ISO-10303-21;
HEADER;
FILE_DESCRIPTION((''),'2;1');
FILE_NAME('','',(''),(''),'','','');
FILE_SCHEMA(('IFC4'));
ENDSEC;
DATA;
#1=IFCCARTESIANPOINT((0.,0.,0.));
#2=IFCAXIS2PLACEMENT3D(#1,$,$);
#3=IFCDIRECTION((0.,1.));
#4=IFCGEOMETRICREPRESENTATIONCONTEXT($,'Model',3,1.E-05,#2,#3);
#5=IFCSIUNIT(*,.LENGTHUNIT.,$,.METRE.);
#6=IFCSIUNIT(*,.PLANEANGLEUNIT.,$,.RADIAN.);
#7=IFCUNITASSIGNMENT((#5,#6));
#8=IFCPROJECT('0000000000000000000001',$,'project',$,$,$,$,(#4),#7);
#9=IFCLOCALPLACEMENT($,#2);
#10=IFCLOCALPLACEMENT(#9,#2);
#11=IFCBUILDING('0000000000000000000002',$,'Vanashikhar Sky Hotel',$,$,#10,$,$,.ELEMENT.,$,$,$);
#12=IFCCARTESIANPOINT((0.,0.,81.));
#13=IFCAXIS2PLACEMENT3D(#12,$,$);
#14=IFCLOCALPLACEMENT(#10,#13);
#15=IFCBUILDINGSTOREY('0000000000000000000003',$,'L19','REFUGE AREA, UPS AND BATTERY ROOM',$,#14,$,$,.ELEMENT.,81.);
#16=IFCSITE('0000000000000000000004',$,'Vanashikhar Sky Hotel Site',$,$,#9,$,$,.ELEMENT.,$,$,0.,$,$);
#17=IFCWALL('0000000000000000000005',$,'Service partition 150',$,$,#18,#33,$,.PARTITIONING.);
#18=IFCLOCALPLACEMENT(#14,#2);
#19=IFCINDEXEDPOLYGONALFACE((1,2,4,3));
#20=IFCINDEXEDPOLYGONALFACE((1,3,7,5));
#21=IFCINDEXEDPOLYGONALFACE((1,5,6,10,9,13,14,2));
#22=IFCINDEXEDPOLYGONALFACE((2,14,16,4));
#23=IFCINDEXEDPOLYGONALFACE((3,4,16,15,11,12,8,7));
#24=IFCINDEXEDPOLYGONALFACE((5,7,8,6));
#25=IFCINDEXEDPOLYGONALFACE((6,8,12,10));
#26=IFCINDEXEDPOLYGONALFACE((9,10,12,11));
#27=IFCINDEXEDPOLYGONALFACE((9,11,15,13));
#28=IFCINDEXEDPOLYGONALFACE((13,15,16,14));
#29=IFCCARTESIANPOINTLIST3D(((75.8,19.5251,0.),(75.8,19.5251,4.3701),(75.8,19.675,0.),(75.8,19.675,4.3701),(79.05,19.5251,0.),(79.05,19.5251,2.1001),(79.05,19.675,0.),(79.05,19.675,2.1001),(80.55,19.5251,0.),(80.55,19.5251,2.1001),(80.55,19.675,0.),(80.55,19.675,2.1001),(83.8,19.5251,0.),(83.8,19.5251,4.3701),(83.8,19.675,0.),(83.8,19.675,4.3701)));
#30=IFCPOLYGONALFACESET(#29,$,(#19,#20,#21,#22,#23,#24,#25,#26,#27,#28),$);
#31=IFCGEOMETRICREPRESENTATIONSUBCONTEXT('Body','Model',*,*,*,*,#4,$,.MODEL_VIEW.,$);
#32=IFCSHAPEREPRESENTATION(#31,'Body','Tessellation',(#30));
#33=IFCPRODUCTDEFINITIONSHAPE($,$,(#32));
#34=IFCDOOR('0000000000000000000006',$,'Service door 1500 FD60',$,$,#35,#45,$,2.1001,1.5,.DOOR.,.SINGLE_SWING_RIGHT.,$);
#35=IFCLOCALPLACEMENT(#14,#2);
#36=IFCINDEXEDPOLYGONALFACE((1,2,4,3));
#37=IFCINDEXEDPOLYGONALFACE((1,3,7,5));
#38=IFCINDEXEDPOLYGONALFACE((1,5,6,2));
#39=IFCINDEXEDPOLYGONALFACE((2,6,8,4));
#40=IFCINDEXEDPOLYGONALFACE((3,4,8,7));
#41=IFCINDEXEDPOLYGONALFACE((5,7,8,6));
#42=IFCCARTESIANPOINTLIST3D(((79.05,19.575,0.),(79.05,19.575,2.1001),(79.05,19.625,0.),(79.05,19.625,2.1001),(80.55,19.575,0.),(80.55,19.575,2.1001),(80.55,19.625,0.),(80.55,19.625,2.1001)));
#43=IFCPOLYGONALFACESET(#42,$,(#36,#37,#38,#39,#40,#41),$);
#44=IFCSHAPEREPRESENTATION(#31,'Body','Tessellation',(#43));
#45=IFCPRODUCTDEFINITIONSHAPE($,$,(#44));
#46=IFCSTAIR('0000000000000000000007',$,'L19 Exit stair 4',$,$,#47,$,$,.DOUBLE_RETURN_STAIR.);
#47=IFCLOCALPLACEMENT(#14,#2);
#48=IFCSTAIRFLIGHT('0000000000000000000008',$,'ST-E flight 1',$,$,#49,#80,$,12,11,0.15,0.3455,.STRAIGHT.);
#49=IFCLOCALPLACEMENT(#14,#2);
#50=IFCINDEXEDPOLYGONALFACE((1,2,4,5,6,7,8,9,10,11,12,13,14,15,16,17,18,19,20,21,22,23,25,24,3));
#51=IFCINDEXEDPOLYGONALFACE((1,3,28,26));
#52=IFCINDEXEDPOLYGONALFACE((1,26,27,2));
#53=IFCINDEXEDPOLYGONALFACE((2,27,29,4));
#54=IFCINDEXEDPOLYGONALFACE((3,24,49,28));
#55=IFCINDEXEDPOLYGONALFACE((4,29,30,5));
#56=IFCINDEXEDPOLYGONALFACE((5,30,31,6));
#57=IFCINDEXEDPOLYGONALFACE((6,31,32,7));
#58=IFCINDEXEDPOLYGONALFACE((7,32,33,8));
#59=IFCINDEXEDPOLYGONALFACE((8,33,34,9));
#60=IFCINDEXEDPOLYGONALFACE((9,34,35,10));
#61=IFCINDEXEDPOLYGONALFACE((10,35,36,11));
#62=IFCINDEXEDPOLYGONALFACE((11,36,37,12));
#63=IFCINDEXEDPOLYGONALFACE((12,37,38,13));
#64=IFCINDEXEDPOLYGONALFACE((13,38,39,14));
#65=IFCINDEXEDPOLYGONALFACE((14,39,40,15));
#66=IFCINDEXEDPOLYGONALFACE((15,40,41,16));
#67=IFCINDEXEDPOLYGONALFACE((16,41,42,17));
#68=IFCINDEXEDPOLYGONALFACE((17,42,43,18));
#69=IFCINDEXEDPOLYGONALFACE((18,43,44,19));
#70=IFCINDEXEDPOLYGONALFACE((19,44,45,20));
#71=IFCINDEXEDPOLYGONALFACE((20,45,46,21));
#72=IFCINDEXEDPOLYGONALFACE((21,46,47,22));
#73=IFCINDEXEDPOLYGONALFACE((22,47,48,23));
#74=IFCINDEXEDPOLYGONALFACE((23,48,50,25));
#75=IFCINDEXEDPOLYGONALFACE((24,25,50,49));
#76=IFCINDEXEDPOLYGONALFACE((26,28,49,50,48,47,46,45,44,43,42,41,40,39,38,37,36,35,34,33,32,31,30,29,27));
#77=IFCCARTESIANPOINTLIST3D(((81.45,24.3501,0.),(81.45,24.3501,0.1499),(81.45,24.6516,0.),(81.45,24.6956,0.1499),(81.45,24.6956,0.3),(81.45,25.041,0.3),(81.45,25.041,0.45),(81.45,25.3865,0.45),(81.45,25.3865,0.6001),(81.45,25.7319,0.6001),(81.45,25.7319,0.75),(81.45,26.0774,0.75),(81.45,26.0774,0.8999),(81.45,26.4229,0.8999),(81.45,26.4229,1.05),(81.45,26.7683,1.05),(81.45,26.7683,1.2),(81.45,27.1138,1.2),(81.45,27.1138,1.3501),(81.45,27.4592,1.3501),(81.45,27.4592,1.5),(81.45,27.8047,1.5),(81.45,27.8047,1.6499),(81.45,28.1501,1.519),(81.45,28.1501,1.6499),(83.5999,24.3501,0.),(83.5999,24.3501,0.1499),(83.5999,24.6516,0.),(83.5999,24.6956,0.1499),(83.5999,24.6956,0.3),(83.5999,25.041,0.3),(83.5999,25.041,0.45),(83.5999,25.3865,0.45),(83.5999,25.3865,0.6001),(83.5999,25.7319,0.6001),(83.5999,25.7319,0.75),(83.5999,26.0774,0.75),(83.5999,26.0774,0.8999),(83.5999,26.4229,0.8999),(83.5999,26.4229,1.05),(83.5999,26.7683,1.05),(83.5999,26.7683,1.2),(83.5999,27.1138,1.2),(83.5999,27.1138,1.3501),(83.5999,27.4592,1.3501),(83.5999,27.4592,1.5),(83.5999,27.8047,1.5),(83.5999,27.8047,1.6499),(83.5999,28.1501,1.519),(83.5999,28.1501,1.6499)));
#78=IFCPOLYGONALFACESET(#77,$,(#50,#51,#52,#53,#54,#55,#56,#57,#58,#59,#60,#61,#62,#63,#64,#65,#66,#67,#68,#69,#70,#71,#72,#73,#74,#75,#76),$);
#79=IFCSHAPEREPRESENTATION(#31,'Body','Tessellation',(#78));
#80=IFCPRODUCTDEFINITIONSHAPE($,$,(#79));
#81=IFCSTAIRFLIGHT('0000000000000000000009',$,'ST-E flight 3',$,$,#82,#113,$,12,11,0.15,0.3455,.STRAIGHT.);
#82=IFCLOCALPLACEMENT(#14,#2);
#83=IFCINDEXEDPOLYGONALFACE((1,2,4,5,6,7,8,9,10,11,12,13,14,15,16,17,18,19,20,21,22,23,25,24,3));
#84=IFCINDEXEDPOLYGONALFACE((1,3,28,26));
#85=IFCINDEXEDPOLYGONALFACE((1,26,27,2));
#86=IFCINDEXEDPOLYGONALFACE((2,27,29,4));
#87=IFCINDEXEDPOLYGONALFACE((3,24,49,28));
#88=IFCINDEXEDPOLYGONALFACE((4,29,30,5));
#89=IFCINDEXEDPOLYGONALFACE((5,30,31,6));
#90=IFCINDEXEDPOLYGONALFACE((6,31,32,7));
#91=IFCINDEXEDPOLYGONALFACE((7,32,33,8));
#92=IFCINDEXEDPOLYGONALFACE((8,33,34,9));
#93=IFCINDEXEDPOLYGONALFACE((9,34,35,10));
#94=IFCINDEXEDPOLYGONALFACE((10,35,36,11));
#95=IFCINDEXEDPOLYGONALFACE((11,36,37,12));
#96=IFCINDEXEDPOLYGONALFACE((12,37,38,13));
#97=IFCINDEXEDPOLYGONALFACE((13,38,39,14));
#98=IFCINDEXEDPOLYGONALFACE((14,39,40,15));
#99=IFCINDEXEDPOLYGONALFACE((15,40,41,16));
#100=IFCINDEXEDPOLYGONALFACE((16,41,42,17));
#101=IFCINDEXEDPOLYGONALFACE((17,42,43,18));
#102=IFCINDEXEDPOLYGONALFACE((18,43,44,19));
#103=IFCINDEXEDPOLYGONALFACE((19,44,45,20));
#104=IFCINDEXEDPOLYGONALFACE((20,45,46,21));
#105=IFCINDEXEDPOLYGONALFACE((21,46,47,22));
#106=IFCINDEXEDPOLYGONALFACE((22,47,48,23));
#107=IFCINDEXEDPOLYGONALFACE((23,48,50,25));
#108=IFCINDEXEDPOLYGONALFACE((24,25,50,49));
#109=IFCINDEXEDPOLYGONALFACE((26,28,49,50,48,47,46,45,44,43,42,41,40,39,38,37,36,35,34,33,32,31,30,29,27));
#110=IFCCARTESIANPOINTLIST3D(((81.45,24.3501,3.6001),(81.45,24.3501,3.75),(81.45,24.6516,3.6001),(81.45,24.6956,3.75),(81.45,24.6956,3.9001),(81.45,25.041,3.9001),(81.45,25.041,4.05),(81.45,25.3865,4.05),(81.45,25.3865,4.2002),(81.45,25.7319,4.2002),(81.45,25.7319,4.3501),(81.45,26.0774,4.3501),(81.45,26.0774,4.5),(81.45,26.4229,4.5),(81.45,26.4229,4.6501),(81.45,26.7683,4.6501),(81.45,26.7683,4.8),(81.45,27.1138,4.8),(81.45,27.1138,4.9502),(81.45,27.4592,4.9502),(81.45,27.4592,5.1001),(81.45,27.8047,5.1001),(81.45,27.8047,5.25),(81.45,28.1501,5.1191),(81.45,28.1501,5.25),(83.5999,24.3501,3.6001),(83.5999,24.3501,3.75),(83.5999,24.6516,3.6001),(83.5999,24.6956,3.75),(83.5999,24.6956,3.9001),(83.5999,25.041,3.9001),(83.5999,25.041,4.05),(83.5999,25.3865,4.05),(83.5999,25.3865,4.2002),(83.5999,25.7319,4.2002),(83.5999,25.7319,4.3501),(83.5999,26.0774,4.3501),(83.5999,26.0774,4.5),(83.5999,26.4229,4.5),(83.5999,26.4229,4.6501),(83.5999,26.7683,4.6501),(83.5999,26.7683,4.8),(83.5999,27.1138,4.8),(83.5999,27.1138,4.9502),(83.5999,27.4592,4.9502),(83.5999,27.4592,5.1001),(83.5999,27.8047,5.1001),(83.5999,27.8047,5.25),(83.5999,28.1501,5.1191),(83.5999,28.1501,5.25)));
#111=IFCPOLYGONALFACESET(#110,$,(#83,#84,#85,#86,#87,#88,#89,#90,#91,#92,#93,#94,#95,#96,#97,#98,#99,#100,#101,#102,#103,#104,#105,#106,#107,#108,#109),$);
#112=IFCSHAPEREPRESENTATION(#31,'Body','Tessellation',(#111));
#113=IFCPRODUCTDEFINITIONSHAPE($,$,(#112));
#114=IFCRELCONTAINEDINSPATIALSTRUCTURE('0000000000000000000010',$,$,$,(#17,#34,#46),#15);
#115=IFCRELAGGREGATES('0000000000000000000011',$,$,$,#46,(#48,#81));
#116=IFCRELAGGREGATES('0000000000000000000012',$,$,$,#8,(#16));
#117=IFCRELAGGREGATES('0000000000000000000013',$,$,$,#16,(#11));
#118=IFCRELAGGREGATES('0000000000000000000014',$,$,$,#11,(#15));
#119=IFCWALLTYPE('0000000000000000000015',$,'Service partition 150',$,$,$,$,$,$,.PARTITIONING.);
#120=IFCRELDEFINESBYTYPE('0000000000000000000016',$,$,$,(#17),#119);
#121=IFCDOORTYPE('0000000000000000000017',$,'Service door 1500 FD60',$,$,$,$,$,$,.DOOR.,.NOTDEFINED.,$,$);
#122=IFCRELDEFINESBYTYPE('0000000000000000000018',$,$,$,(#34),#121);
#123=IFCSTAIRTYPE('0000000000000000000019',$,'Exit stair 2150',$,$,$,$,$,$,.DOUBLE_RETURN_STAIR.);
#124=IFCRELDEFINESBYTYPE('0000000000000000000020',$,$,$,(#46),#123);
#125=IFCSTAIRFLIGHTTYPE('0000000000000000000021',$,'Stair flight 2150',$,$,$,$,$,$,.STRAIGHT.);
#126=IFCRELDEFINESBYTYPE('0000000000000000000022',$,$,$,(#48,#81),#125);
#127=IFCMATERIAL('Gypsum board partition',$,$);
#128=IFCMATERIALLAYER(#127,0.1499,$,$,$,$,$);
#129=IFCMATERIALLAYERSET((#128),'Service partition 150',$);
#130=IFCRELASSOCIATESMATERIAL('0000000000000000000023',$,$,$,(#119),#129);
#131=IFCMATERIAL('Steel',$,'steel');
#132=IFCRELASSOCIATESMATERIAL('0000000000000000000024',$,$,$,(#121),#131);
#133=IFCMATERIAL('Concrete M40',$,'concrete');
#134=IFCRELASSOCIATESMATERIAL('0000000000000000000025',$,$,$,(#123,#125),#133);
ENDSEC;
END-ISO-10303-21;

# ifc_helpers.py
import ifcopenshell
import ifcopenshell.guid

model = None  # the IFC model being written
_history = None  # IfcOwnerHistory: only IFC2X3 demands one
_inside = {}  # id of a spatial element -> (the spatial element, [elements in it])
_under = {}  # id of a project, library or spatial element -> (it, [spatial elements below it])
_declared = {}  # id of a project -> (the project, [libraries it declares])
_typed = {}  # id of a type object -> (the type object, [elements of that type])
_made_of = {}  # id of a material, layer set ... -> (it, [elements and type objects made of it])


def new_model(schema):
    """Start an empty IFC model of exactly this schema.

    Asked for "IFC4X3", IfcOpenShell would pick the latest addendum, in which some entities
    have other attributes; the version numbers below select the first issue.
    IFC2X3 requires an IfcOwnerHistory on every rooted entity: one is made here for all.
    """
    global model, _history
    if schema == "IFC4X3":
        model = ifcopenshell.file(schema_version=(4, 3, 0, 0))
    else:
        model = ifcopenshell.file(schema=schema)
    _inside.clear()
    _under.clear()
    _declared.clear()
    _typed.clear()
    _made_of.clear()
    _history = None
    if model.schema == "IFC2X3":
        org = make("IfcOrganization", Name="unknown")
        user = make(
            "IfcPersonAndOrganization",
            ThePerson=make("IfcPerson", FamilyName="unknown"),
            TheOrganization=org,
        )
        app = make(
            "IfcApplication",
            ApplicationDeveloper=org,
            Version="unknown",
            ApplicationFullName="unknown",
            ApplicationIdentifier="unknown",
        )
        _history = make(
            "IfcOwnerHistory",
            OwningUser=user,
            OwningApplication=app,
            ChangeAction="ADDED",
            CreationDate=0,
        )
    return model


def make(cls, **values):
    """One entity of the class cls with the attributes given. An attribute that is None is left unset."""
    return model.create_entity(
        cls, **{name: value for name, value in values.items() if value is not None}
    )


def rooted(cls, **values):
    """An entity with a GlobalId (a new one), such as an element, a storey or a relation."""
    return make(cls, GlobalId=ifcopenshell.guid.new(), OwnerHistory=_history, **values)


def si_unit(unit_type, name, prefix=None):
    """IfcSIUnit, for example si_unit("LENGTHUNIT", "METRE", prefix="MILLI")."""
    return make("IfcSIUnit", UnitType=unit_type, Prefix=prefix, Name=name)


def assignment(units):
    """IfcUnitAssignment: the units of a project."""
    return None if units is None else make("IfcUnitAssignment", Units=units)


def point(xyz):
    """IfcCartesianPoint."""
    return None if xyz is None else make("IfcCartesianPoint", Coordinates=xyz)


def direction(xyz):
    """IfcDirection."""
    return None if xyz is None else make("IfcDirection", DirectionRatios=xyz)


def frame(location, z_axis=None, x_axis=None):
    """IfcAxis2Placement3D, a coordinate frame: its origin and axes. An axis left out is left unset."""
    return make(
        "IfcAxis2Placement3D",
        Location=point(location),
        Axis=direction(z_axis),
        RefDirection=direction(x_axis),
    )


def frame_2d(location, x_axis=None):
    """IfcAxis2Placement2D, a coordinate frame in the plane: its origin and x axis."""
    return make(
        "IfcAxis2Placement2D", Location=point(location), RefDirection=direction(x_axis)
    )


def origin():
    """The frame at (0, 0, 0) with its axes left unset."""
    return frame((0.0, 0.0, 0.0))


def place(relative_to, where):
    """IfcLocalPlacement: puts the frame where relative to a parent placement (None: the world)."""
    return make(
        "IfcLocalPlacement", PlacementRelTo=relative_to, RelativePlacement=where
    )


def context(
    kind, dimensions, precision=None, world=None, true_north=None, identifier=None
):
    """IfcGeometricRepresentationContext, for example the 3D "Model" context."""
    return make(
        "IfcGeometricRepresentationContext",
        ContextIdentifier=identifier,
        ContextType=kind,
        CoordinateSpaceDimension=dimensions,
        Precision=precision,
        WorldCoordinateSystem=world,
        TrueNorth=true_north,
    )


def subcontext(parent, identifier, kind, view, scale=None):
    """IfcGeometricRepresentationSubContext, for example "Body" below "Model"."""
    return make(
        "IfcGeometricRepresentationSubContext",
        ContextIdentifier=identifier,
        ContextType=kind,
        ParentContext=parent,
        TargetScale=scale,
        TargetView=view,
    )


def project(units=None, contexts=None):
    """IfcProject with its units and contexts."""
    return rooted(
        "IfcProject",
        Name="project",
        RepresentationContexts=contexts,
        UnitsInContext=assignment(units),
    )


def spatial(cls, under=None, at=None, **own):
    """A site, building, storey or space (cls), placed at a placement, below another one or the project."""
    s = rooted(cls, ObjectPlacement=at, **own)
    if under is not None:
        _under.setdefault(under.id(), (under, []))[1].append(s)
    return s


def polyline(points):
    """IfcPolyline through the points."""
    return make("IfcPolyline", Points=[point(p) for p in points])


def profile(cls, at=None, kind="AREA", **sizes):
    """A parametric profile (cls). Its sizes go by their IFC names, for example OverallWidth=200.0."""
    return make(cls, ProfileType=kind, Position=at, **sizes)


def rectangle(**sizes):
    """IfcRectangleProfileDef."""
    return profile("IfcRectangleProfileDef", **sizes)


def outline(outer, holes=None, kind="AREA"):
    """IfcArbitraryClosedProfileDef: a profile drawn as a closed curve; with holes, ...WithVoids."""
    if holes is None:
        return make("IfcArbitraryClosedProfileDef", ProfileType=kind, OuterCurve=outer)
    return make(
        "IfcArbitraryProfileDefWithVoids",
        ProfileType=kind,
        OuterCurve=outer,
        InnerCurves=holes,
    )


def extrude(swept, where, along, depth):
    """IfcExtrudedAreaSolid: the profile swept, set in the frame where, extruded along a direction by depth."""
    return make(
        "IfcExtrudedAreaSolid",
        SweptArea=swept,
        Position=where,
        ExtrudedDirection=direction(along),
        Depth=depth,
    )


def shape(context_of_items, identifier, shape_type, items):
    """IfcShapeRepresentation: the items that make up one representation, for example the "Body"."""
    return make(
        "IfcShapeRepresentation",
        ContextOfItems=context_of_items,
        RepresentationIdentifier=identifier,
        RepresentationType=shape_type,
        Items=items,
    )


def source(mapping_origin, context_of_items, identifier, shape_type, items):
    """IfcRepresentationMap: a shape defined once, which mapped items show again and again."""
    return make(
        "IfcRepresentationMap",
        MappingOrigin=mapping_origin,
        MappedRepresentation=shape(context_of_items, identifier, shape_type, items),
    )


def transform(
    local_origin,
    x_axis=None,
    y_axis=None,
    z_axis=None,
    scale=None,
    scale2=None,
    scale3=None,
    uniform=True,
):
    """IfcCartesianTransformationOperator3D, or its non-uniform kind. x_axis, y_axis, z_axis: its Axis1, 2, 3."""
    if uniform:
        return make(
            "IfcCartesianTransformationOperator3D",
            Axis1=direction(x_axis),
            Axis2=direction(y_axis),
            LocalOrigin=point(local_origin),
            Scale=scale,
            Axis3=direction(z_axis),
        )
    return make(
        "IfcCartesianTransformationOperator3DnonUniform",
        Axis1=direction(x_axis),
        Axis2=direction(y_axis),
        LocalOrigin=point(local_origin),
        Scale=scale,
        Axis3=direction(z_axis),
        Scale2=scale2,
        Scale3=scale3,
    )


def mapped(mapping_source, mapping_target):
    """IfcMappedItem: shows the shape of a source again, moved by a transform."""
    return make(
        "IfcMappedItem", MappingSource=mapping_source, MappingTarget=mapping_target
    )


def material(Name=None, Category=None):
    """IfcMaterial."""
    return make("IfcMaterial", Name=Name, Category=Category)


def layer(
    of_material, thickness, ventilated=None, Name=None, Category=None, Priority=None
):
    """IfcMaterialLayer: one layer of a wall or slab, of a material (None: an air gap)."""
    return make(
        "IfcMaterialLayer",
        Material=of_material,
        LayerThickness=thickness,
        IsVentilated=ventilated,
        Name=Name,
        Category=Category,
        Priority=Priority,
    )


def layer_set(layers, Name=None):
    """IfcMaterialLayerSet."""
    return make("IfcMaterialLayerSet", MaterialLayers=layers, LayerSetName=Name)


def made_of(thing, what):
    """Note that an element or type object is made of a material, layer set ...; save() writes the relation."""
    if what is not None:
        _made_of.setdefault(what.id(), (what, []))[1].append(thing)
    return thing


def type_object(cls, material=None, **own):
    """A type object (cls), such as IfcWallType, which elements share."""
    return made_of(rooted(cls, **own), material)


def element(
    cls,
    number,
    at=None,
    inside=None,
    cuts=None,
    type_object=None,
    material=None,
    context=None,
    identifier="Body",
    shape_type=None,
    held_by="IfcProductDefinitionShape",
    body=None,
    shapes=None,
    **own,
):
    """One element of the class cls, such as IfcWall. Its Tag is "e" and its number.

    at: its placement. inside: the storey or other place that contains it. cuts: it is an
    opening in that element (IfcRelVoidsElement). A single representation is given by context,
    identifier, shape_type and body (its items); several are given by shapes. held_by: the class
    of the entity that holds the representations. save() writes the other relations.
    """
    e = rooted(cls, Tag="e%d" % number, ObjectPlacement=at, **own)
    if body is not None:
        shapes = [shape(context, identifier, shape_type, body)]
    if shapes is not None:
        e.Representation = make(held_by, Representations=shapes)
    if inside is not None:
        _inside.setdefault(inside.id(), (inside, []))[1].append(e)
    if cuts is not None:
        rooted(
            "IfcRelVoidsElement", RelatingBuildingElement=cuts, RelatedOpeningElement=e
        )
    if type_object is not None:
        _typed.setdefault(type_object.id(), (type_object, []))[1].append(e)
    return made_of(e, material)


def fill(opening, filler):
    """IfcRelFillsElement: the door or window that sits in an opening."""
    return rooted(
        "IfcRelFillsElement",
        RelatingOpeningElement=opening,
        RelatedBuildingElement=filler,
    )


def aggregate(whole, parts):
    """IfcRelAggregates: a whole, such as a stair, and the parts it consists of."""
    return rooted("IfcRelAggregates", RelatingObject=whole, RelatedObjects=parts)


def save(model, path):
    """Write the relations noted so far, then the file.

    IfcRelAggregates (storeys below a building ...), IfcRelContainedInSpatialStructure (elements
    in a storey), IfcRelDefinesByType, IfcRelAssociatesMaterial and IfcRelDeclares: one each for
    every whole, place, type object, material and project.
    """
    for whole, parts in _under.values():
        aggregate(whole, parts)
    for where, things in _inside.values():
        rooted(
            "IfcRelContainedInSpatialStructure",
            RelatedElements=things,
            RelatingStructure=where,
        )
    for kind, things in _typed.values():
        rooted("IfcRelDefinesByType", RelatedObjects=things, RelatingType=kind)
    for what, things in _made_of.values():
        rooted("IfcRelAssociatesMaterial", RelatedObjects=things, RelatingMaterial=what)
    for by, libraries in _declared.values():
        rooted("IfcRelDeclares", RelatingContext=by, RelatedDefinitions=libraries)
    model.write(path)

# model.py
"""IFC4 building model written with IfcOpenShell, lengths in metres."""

from ifc_helpers import new_model, si_unit, direction, frame, frame_2d, origin, place, context, subcontext, project, spatial, polyline, rectangle, outline, extrude, source, transform, mapped, material, layer, layer_set, type_object, element, fill, aggregate, save


model = new_model("IFC4")

# Units and contexts
model_context = context("Model", 3, precision=1e-05, world=origin(), true_north=direction((0.0, 1.0)))
body_context = subcontext(model_context, "Body", "Model", "MODEL_VIEW")
ifc_project = project(units=[si_unit("LENGTHUNIT", "METRE"), si_unit("PLANEANGLEUNIT", "RADIAN")], contexts=[model_context])

# Site, building, storey
site_placement = place(None, origin())
site = spatial("IfcSite", under=ifc_project, at=site_placement, Name="Vanashikhar Sky Hotel Site", CompositionType="ELEMENT", RefElevation=0.0)
building_placement = place(site_placement, origin())
building = spatial("IfcBuilding", under=site, at=building_placement, Name="Vanashikhar Sky Hotel", CompositionType="ELEMENT")
storey_placement = place(building_placement, frame((0.0, 0.0, 81.0)))
storey = spatial("IfcBuildingStorey", under=building, at=storey_placement, Name="L19", Description="REFUGE AREA, UPS AND BATTERY ROOM", CompositionType="ELEMENT", Elevation=81.0)

# Shared definitions
ifc_material_1 = material(Name="Steel", Category="steel")

# Wall, opening, door
ifc_material_2 = material(Name="Gypsum board partition")
ifc_layer_1 = layer(ifc_material_2, 0.1499)
ifc_layer_set_1 = layer_set([ifc_layer_1], Name="Service partition 150")
wall_type_1 = type_object("IfcWallType", Name="Service partition 150", PredefinedType="PARTITIONING", material=ifc_layer_set_1)
shared_shape_1 = source(origin(), body_context, "Body", "SweptSolid", [
    extrude(rectangle(XDim=8.0, YDim=0.1499, at=frame_2d((4.0, 0.0))), origin(), (0.0, 0.0, 1.0), 4.3701),
])
wall_1_placement = place(storey_placement, frame((75.8, 19.6001, 0.0), z_axis=(0.0, 0.0, 1.0), x_axis=(1.0, 0.0, 0.0)))
wall_1 = element("IfcWall", 1, at=wall_1_placement, inside=storey, type_object=wall_type_1, Name="Service partition 150", PredefinedType="PARTITIONING", context=body_context, shape_type="MappedRepresentation", body=[
    mapped(shared_shape_1, transform((0.0, 0.0, 0.0), scale=1.0)),
])
shared_shape_2 = source(origin(), body_context, "Body", "SweptSolid", [
    extrude(rectangle(XDim=1.5, YDim=2.1001, at=frame_2d((0.75, 1.05))), frame((0.0, 0.085, 0.0), z_axis=(0.0, -1.0, 0.0), x_axis=(1.0, 0.0, 0.0)), (0.0, 0.0, 1.0), 0.1699),
])
opening_1_placement = place(wall_1_placement, frame((3.25, 0.0, 0.0)))
opening_1 = element("IfcOpeningElement", 2, at=opening_1_placement, cuts=wall_1, PredefinedType="OPENING", context=body_context, shape_type="MappedRepresentation", body=[
    mapped(shared_shape_2, transform((0.0, 0.0, 0.0), scale=1.0)),
])
door_type_1 = type_object("IfcDoorType", Name="Service door 1500 FD60", OperationType="NOTDEFINED", PredefinedType="DOOR", material=ifc_material_1)
shared_shape_3 = source(origin(), body_context, "Body", "SweptSolid", [
    extrude(rectangle(XDim=1.5, YDim=2.1001, at=frame_2d((0.75, 1.05))), frame((0.0, 0.0249, 0.0), z_axis=(0.0, -1.0, 0.0), x_axis=(1.0, 0.0, 0.0)), (0.0, 0.0, 1.0), 0.05),
])
door_1_placement = place(opening_1_placement, origin())
door_1 = element("IfcDoor", 3, at=door_1_placement, inside=storey, type_object=door_type_1, Name="Service door 1500 FD60", OperationType="SINGLE_SWING_RIGHT", OverallHeight=2.1001, OverallWidth=1.5, PredefinedType="DOOR", context=body_context, shape_type="MappedRepresentation", body=[
    mapped(shared_shape_3, transform((0.0, 0.0, 0.0), scale=1.0)),
])
fill(opening_1, door_1)

# Stair, stair flights
ifc_material_3 = material(Name="Concrete M40", Category="concrete")
stair_type = type_object("IfcStairType", Name="Exit stair 2150", PredefinedType="DOUBLE_RETURN_STAIR", material=ifc_material_3)
stair_placement = place(storey_placement, origin())
stair = element("IfcStair", 4, at=stair_placement, inside=storey, type_object=stair_type, Name="L19 Exit stair 4", PredefinedType="DOUBLE_RETURN_STAIR")
stair_flight_type = type_object("IfcStairFlightType", Name="Stair flight 2150", PredefinedType="STRAIGHT", material=ifc_material_3)
shared_shape_4 = source(origin(), body_context, "Body", "SweptSolid", [
    extrude(outline(polyline([(0.0, 0.0), (0.0, 0.1499), (0.3455, 0.1499), (0.3455, 0.3), (0.6909, 0.3), (0.6909, 0.45), (1.0364, 0.45), (1.0364, 0.6001), (1.3818, 0.6001), (1.3818, 0.75), (1.7273, 0.75), (1.7273, 0.8999), (2.0728, 0.8999), (2.0728, 1.05), (2.4182, 1.05), (2.4182, 1.2), (2.7637, 1.2), (2.7637, 1.3501), (3.1091, 1.3501), (3.1091, 1.5), (3.4546, 1.5), (3.4546, 1.6499), (3.8, 1.6499), (3.8, 1.8), (3.8, 1.519), (0.3015, 0.0), (0.0, 0.0)])), frame((0.0, 1.075, 0.0), z_axis=(0.0, -1.0, 0.0), x_axis=(1.0, 0.0, 0.0)), (0.0, 0.0, 1.0), 2.1499),
])
stair_flight_1_placement = place(storey_placement, frame((82.5249, 24.3501, 0.0), z_axis=(0.0, 0.0, 1.0), x_axis=(0.0, 1.0, 0.0)))
stair_flight_1 = element("IfcStairFlight", 5, at=stair_flight_1_placement, type_object=stair_flight_type, Name="ST-E flight 1", NumberOfRisers=12, NumberOfTreads=11, PredefinedType="STRAIGHT", RiserHeight=0.15, TreadLength=0.3455, context=body_context, shape_type="MappedRepresentation", body=[
    mapped(shared_shape_4, transform((0.0, 0.0, 0.0), scale=1.0)),
])
stair_flight_2_placement = place(storey_placement, frame((82.5249, 24.3501, 3.6001), z_axis=(0.0, 0.0, 1.0), x_axis=(0.0, 1.0, 0.0)))
stair_flight_2 = element("IfcStairFlight", 6, at=stair_flight_2_placement, type_object=stair_flight_type, Name="ST-E flight 3", NumberOfRisers=12, NumberOfTreads=11, PredefinedType="STRAIGHT", RiserHeight=0.15, TreadLength=0.3455, context=body_context, shape_type="MappedRepresentation", body=[
    mapped(shared_shape_4, transform((0.0, 0.0, 0.0), scale=1.0)),
])
aggregate(stair, [stair_flight_1, stair_flight_2])

save(model, "model.ifc")
